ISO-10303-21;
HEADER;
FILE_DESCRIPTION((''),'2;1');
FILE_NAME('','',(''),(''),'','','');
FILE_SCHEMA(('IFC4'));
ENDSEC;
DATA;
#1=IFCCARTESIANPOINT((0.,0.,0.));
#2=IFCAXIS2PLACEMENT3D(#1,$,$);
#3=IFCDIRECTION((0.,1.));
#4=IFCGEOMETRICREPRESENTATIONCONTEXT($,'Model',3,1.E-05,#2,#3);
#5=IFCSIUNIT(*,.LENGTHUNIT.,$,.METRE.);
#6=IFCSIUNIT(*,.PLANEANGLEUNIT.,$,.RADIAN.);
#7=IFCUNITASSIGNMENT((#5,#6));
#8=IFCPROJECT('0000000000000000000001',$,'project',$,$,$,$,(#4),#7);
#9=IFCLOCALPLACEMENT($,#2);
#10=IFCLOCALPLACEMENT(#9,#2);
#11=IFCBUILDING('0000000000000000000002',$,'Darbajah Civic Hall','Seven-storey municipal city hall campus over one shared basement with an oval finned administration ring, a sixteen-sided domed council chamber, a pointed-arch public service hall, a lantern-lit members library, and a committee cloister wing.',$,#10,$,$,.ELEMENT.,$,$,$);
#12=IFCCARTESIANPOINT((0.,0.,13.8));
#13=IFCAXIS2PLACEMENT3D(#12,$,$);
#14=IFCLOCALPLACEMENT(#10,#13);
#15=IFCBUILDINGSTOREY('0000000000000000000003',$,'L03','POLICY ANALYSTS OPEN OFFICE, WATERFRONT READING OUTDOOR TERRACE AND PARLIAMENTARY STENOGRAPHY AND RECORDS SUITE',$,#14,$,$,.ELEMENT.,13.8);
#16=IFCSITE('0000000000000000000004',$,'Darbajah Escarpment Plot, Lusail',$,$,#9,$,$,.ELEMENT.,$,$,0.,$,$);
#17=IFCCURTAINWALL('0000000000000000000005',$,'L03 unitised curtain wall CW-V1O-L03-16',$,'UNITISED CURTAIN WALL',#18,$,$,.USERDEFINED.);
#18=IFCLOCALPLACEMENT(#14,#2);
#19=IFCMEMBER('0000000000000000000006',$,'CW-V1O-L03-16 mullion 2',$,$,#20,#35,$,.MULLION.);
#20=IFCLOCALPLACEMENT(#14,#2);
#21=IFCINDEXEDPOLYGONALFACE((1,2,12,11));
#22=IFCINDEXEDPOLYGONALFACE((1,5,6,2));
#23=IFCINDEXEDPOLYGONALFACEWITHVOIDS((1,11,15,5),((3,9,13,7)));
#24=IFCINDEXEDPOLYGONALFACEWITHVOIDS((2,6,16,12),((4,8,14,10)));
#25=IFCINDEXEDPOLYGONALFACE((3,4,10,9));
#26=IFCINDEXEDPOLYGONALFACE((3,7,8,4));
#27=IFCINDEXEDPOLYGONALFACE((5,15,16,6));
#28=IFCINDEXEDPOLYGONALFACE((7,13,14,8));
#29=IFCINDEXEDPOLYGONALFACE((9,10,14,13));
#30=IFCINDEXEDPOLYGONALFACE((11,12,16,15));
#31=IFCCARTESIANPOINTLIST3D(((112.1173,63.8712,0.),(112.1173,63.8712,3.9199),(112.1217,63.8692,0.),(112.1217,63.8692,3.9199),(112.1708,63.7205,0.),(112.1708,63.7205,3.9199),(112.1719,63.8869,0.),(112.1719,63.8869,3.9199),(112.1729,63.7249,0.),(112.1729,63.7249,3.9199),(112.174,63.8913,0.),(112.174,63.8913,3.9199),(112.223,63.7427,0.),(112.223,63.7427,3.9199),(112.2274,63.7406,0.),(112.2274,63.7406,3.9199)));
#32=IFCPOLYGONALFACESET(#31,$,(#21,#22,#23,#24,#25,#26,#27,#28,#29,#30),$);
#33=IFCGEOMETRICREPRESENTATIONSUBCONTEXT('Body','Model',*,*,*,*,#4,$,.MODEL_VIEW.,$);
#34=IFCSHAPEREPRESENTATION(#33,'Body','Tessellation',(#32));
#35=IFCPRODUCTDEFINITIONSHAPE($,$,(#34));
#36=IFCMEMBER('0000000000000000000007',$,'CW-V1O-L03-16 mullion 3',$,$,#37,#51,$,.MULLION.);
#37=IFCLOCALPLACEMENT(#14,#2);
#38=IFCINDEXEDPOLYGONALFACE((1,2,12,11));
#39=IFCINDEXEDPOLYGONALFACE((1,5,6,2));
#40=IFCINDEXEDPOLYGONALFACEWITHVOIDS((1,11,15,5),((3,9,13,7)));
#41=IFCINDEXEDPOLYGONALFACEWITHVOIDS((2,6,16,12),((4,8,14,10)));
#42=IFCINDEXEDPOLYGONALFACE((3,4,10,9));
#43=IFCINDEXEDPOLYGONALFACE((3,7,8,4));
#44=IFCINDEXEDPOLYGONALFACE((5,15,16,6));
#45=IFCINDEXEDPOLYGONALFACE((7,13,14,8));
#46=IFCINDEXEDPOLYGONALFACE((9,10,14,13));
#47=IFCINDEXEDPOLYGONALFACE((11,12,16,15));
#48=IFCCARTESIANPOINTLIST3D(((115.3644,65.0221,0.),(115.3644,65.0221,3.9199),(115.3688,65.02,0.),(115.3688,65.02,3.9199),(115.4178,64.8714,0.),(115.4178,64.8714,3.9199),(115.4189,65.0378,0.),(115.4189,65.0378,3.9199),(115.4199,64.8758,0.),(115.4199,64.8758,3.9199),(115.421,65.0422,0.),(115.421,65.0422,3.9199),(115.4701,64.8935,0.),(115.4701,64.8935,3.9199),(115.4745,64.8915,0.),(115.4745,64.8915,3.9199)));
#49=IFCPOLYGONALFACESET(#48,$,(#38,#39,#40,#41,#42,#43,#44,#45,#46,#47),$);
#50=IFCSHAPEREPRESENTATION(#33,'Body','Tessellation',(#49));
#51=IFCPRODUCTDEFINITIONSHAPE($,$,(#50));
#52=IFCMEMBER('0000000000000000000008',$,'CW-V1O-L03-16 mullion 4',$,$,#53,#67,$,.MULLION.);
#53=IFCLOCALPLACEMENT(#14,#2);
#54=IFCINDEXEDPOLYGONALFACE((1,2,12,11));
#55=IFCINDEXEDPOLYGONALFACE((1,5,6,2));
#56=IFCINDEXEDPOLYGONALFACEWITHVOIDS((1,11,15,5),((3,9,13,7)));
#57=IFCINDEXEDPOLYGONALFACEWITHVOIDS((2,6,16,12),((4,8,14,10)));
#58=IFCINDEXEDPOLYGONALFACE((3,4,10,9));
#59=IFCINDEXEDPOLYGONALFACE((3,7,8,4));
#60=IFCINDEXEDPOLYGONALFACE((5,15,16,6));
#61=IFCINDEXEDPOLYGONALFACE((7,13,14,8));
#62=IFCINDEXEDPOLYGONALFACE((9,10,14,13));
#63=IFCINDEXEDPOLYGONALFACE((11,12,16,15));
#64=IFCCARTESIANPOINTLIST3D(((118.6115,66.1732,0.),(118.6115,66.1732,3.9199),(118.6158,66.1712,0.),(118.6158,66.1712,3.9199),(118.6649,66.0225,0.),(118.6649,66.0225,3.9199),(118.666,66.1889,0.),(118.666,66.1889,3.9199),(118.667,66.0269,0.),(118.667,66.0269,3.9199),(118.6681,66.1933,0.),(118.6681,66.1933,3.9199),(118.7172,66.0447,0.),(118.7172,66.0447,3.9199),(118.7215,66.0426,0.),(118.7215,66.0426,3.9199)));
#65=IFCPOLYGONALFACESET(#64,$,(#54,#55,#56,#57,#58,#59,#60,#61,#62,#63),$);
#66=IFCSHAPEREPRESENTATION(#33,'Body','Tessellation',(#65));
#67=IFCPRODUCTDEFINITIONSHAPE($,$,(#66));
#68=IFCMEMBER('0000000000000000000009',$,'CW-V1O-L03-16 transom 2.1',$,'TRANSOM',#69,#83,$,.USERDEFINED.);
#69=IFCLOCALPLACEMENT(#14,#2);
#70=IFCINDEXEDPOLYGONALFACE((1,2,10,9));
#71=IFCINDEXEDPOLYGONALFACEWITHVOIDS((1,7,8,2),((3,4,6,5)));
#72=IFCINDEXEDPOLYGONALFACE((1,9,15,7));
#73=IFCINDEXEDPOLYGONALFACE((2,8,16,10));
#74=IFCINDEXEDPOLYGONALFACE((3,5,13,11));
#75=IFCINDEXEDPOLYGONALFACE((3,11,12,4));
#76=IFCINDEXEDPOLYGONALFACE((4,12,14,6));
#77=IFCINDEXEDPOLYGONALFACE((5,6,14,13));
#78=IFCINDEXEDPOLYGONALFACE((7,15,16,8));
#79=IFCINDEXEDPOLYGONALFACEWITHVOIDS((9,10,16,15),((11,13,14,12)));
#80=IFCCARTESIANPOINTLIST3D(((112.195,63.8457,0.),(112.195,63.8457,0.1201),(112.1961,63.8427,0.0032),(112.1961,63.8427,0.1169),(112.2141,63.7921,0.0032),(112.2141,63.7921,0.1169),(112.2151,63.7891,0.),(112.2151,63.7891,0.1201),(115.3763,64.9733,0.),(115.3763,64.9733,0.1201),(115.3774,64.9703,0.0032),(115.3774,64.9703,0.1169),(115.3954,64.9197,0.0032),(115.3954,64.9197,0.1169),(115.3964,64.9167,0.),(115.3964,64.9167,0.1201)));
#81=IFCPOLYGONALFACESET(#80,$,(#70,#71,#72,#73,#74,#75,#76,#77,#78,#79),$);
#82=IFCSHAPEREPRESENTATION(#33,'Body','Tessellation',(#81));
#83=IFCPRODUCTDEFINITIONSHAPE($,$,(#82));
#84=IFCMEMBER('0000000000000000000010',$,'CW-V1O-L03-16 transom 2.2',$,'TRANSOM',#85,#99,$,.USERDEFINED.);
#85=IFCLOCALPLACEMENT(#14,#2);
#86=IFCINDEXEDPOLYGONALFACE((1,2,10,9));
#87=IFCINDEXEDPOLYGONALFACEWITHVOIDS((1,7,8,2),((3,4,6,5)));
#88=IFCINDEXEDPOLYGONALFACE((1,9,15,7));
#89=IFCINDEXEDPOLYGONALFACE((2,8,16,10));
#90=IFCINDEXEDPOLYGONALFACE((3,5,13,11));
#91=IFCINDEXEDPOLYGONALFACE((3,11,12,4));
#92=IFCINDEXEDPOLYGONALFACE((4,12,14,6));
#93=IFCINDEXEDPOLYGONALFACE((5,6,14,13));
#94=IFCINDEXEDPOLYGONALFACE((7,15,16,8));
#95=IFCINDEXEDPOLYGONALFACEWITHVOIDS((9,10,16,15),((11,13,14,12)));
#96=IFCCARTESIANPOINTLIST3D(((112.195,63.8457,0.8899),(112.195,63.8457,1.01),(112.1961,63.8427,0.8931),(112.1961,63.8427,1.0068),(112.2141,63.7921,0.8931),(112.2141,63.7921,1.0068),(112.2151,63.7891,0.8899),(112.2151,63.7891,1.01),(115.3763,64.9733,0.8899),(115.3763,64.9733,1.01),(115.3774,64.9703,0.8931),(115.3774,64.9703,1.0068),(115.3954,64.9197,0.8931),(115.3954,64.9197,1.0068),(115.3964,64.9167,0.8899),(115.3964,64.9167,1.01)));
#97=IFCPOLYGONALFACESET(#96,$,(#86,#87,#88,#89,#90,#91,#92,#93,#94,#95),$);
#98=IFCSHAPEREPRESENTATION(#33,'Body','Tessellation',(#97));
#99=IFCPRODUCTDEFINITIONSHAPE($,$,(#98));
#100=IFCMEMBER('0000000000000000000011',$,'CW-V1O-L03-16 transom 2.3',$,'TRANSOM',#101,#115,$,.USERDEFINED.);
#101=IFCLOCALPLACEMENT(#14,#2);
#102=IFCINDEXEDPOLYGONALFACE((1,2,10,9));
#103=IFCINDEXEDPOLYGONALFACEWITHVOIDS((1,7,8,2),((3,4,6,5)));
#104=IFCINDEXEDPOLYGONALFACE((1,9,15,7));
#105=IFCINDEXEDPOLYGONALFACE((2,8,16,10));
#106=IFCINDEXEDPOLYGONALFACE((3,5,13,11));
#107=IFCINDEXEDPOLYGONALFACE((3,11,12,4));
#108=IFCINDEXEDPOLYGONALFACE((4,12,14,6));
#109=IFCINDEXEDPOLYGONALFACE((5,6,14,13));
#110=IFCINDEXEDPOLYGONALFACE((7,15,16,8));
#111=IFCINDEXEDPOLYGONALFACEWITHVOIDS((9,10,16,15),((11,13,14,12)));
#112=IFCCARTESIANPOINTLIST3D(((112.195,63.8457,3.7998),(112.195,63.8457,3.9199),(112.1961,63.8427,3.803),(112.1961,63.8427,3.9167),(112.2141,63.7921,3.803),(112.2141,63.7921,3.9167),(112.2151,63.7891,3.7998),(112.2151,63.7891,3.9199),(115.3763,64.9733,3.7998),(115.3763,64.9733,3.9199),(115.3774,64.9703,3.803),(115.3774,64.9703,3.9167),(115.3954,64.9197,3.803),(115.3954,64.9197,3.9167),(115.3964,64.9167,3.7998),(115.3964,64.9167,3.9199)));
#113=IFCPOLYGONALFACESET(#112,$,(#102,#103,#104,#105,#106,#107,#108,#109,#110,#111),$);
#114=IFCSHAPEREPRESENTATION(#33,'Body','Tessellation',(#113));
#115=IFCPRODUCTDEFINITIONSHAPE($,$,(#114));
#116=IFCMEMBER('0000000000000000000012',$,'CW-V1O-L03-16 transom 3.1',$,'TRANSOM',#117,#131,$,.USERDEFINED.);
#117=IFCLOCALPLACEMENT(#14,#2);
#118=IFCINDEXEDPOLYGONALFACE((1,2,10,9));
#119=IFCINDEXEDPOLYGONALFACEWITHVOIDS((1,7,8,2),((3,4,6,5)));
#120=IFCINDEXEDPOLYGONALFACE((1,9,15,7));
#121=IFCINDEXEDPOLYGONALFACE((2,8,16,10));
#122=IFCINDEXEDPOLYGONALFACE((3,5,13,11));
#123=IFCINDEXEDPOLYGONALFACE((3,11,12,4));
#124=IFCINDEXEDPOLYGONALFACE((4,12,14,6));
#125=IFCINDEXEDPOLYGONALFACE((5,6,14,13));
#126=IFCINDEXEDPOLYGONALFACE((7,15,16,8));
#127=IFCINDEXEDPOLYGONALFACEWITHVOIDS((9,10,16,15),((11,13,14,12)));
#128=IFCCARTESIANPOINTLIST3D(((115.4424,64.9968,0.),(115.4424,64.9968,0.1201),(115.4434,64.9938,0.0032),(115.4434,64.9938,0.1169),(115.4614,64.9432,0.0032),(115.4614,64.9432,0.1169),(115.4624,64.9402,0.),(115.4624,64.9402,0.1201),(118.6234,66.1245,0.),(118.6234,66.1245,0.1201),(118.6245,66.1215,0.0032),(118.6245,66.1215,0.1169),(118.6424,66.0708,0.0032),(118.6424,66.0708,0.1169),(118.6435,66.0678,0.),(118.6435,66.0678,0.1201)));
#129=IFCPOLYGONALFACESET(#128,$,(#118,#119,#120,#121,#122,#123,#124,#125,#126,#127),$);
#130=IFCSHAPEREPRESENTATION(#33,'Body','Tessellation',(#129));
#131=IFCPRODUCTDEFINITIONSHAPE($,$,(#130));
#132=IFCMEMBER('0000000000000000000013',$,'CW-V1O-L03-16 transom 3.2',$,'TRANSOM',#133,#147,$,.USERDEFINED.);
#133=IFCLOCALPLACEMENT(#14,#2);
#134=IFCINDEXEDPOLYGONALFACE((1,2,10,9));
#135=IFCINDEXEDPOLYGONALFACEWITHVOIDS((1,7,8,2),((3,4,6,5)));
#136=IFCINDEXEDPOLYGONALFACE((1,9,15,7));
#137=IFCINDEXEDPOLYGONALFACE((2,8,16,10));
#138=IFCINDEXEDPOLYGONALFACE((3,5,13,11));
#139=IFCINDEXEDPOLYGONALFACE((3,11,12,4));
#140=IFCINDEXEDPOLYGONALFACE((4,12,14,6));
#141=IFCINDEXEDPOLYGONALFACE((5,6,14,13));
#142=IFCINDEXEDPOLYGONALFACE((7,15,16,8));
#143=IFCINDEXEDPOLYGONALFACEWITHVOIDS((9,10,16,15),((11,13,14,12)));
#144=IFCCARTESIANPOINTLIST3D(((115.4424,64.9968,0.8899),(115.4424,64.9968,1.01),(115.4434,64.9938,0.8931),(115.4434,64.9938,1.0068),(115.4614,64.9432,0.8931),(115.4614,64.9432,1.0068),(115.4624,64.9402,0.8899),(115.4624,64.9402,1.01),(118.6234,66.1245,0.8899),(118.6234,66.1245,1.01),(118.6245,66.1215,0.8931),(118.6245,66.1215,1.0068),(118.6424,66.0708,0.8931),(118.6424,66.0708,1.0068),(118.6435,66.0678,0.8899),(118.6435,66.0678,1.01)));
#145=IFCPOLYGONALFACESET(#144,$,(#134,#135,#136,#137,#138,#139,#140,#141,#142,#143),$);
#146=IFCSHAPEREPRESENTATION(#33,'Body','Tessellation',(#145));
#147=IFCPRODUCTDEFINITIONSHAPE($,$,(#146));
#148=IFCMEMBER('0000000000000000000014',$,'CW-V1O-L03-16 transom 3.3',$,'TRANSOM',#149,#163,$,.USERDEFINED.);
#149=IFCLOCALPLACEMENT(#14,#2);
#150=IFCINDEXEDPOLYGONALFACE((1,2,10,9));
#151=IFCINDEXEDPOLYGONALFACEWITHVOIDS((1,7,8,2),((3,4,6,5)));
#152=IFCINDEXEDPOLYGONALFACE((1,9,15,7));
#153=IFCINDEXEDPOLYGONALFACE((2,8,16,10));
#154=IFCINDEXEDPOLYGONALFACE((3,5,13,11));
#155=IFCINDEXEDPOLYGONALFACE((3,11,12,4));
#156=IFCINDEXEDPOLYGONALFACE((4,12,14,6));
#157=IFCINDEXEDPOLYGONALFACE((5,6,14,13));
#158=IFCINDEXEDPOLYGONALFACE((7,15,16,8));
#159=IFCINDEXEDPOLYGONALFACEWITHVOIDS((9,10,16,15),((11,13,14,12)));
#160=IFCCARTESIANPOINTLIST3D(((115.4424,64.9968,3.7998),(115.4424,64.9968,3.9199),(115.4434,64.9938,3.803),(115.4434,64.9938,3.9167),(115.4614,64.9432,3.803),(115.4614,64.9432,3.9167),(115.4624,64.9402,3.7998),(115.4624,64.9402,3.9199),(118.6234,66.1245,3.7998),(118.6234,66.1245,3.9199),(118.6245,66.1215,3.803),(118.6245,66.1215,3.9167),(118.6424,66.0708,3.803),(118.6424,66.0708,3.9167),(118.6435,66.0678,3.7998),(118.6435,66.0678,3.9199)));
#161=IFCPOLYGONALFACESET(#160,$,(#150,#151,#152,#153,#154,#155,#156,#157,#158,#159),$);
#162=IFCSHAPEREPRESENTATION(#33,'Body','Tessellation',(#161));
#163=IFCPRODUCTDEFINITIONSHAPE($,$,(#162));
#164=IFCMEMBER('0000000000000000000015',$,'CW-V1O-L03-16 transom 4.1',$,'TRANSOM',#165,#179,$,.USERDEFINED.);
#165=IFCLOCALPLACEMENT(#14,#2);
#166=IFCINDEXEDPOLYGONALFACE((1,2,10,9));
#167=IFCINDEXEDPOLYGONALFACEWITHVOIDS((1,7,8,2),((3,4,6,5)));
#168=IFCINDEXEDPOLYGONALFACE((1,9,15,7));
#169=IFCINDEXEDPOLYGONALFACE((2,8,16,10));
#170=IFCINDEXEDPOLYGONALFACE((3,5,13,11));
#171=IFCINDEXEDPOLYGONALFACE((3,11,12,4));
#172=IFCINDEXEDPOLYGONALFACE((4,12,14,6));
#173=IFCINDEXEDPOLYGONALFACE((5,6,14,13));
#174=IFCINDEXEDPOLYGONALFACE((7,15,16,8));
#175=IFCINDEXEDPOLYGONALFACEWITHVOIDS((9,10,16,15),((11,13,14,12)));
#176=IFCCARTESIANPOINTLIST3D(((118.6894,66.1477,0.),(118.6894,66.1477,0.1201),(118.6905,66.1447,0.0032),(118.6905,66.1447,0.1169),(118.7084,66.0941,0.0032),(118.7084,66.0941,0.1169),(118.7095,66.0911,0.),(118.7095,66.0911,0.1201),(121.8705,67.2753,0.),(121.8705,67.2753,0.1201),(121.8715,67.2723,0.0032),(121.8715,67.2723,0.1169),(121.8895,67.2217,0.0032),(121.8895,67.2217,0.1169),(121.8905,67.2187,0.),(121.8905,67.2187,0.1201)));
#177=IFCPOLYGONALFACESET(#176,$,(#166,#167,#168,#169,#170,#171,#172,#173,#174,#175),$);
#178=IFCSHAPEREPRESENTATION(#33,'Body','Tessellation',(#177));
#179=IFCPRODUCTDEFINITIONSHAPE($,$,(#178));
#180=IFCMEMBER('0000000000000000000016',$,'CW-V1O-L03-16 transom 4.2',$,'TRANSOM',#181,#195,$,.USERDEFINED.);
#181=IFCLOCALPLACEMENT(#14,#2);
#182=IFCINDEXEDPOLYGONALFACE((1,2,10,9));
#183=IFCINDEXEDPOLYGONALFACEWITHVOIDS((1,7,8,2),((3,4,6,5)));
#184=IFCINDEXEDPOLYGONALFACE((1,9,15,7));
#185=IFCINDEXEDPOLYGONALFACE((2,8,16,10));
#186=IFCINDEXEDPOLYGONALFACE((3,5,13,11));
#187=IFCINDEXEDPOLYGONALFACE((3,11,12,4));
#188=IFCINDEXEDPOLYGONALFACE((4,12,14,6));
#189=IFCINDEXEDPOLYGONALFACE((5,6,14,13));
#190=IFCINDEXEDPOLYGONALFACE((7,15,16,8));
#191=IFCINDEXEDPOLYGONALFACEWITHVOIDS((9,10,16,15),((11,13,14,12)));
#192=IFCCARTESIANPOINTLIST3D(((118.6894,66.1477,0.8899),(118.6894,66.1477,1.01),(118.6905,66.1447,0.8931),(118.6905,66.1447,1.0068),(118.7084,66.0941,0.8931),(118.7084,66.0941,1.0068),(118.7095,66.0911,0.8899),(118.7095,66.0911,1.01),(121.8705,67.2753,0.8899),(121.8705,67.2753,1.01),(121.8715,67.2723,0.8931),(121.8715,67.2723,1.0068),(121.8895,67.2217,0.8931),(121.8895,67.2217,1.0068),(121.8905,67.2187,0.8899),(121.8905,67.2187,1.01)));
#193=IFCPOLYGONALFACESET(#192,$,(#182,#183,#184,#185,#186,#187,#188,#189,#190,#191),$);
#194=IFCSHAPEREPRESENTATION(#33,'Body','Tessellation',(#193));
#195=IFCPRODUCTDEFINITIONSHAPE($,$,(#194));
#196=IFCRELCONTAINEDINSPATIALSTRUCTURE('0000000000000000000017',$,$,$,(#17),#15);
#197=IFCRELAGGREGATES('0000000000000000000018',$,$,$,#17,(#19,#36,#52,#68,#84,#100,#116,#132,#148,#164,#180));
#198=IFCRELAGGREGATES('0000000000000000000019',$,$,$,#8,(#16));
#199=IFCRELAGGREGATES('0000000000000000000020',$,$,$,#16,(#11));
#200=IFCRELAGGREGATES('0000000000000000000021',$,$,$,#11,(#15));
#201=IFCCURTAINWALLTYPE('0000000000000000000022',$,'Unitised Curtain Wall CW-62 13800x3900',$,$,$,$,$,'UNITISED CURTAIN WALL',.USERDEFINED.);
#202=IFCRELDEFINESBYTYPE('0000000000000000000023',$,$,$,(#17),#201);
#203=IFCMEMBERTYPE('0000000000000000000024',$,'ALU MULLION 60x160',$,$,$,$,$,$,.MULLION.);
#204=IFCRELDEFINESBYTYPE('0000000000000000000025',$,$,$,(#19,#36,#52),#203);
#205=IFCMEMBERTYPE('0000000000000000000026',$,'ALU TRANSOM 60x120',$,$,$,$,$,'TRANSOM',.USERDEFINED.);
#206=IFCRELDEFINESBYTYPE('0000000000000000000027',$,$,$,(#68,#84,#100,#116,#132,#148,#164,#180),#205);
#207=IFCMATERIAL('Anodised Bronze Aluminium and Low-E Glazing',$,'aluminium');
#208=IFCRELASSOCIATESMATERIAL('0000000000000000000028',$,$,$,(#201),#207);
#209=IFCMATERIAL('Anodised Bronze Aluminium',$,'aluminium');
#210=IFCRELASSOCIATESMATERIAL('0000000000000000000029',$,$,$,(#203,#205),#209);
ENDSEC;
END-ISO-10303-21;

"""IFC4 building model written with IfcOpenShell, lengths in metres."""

from ifc_helpers import new_model, si_unit, direction, frame, origin, origin_2d, place, context, subcontext, project, spatial, hollow_rectangle, extrude, material, material_profile, profile_set, type_object, element, aggregate, save


model = new_model("IFC4")

# Units and contexts
model_context = context("Model", 3, precision=1e-05, world=origin(), true_north=direction((0.0, 1.0)))
body_context = subcontext(model_context, "Body", "Model", "MODEL_VIEW")
ifc_project = project(units=[si_unit("LENGTHUNIT", "METRE"), si_unit("PLANEANGLEUNIT", "RADIAN")], contexts=[model_context])

# Site, building, storey
site_placement = place(None, origin())
site = spatial("IfcSite", under=ifc_project, at=site_placement, Name="Darbajah Escarpment Plot, Lusail", CompositionType="ELEMENT", RefElevation=0.0)
building_placement = place(site_placement, origin())
building = spatial("IfcBuilding", under=site, at=building_placement, Name="Darbajah Civic Hall", Description="Seven-storey municipal city hall campus over one shared basement with an oval finned administration ring, a sixteen-sided domed council chamber, a pointed-arch public service hall, a lantern-lit members library, and a committee cloister wing.", CompositionType="ELEMENT")
storey_placement = place(building_placement, frame((0.0, 0.0, 13.8)))
storey = spatial("IfcBuildingStorey", under=building, at=storey_placement, Name="L03", Description="POLICY ANALYSTS OPEN OFFICE, WATERFRONT READING OUTDOOR TERRACE AND PARLIAMENTARY STENOGRAPHY AND RECORDS SUITE", CompositionType="ELEMENT", Elevation=13.8)

# Curtain wall, members
ifc_material_1 = material(Name="Anodised Bronze Aluminium and Low-E Glazing", Category="aluminium")
curtain_wall_type = type_object("IfcCurtainWallType", Name="Unitised Curtain Wall CW-62 13800x3900", ElementType="UNITISED CURTAIN WALL", PredefinedType="USERDEFINED", material=ifc_material_1)
curtain_wall_placement = place(storey_placement, origin())
curtain_wall = element("IfcCurtainWall", 1, at=curtain_wall_placement, inside=storey, type_object=curtain_wall_type, Name="L03 unitised curtain wall CW-V1O-L03-16", ObjectType="UNITISED CURTAIN WALL", PredefinedType="USERDEFINED")
ifc_material_2 = material(Name="Anodised Bronze Aluminium", Category="aluminium")
ifc_material_profile_1 = material_profile(ifc_material_2, hollow_rectangle(XDim=0.0601, YDim=0.1599, WallThickness=0.0034, at=origin_2d()), Name="ALU MULLION 60x160")
ifc_profile_set_1 = profile_set([ifc_material_profile_1], Name="Anodised Bronze Aluminium")
member_type_1 = type_object("IfcMemberType", Name="ALU MULLION 60x160", PredefinedType="MULLION", material=ifc_profile_set_1)
member_1_placement = place(storey_placement, frame((112.1724, 63.8059, 0.0), z_axis=(0.0, 0.0, 1.0), x_axis=(0.942525, 0.334136, 0.0)))
member_1 = element("IfcMember", 2, at=member_1_placement, type_object=member_type_1, Name="CW-V1O-L03-16 mullion 2", PredefinedType="MULLION", context=body_context, shape_type="SweptSolid", body=[
    extrude(hollow_rectangle(XDim=0.0601, YDim=0.1599, WallThickness=0.0034, at=origin_2d()), origin(), (0.0, 0.0, 1.0), 3.9199),
])
member_2_placement = place(storey_placement, frame((115.4194, 64.9568, 0.0), z_axis=(0.0, 0.0, 1.0), x_axis=(0.942525, 0.334136, 0.0)))
member_2 = element("IfcMember", 3, at=member_2_placement, type_object=member_type_1, Name="CW-V1O-L03-16 mullion 3", PredefinedType="MULLION", context=body_context, shape_type="SweptSolid", body=[
    extrude(hollow_rectangle(XDim=0.0601, YDim=0.1599, WallThickness=0.0034, at=origin_2d()), origin(), (0.0, 0.0, 1.0), 3.9199),
])
member_3_placement = place(storey_placement, frame((118.6665, 66.1079, 0.0), z_axis=(0.0, 0.0, 1.0), x_axis=(0.942525, 0.334136, 0.0)))
member_3 = element("IfcMember", 4, at=member_3_placement, type_object=member_type_1, Name="CW-V1O-L03-16 mullion 4", PredefinedType="MULLION", context=body_context, shape_type="SweptSolid", body=[
    extrude(hollow_rectangle(XDim=0.0601, YDim=0.1599, WallThickness=0.0034, at=origin_2d()), origin(), (0.0, 0.0, 1.0), 3.9199),
])
ifc_material_profile_2 = material_profile(ifc_material_2, hollow_rectangle(XDim=0.0601, YDim=0.1201, WallThickness=0.0032, at=origin_2d()), Name="ALU TRANSOM 60x120")
ifc_profile_set_2 = profile_set([ifc_material_profile_2], Name="Anodised Bronze Aluminium")
member_type_2 = type_object("IfcMemberType", Name="ALU TRANSOM 60x120", ElementType="TRANSOM", PredefinedType="USERDEFINED", material=ifc_profile_set_2)
member_4_placement = place(storey_placement, frame((112.2051, 63.8174, 0.0601), z_axis=(0.942539, 0.334095, 0.0), x_axis=(-0.334095, 0.942539, 0.0)))
member_4 = element("IfcMember", 5, at=member_4_placement, type_object=member_type_2, Name="CW-V1O-L03-16 transom 2.1", ObjectType="TRANSOM", PredefinedType="USERDEFINED", context=body_context, shape_type="SweptSolid", body=[
    extrude(hollow_rectangle(XDim=0.0601, YDim=0.1201, WallThickness=0.0032, at=origin_2d()), origin(), (0.0, 0.0, 1.0), 3.3752),
])
member_5_placement = place(storey_placement, frame((112.2051, 63.8174, 0.95), z_axis=(0.942539, 0.334095, 0.0), x_axis=(-0.334095, 0.942539, 0.0)))
member_5 = element("IfcMember", 6, at=member_5_placement, type_object=member_type_2, Name="CW-V1O-L03-16 transom 2.2", ObjectType="TRANSOM", PredefinedType="USERDEFINED", context=body_context, shape_type="SweptSolid", body=[
    extrude(hollow_rectangle(XDim=0.0601, YDim=0.1201, WallThickness=0.0032, at=origin_2d()), origin(), (0.0, 0.0, 1.0), 3.3752),
])
member_6_placement = place(storey_placement, frame((112.2051, 63.8174, 3.8599), z_axis=(0.942539, 0.334095, 0.0), x_axis=(-0.334095, 0.942539, 0.0)))
member_6 = element("IfcMember", 7, at=member_6_placement, type_object=member_type_2, Name="CW-V1O-L03-16 transom 2.3", ObjectType="TRANSOM", PredefinedType="USERDEFINED", context=body_context, shape_type="SweptSolid", body=[
    extrude(hollow_rectangle(XDim=0.0601, YDim=0.1201, WallThickness=0.0032, at=origin_2d()), origin(), (0.0, 0.0, 1.0), 3.3752),
])
member_7_placement = place(storey_placement, frame((115.4524, 64.9685, 0.0601), z_axis=(0.942531, 0.334118, 0.0), x_axis=(-0.334118, 0.942531, 0.0)))
member_7 = element("IfcMember", 8, at=member_7_placement, type_object=member_type_2, Name="CW-V1O-L03-16 transom 3.1", ObjectType="TRANSOM", PredefinedType="USERDEFINED", context=body_context, shape_type="SweptSolid", body=[
    extrude(hollow_rectangle(XDim=0.0601, YDim=0.1201, WallThickness=0.0032, at=origin_2d()), origin(), (0.0, 0.0, 1.0), 3.375),
])
member_8_placement = place(storey_placement, frame((115.4524, 64.9685, 0.95), z_axis=(0.942531, 0.334118, 0.0), x_axis=(-0.334118, 0.942531, 0.0)))
member_8 = element("IfcMember", 9, at=member_8_placement, type_object=member_type_2, Name="CW-V1O-L03-16 transom 3.2", ObjectType="TRANSOM", PredefinedType="USERDEFINED", context=body_context, shape_type="SweptSolid", body=[
    extrude(hollow_rectangle(XDim=0.0601, YDim=0.1201, WallThickness=0.0032, at=origin_2d()), origin(), (0.0, 0.0, 1.0), 3.375),
])
member_9_placement = place(storey_placement, frame((115.4524, 64.9685, 3.8599), z_axis=(0.942531, 0.334118, 0.0), x_axis=(-0.334118, 0.942531, 0.0)))
member_9 = element("IfcMember", 10, at=member_9_placement, type_object=member_type_2, Name="CW-V1O-L03-16 transom 3.3", ObjectType="TRANSOM", PredefinedType="USERDEFINED", context=body_context, shape_type="SweptSolid", body=[
    extrude(hollow_rectangle(XDim=0.0601, YDim=0.1201, WallThickness=0.0032, at=origin_2d()), origin(), (0.0, 0.0, 1.0), 3.375),
])
member_10_placement = place(storey_placement, frame((118.6995, 66.1194, 0.0601), z_axis=(0.942531, 0.334118, 0.0), x_axis=(-0.334118, 0.942531, 0.0)))
member_10 = element("IfcMember", 11, at=member_10_placement, type_object=member_type_2, Name="CW-V1O-L03-16 transom 4.1", ObjectType="TRANSOM", PredefinedType="USERDEFINED", context=body_context, shape_type="SweptSolid", body=[
    extrude(hollow_rectangle(XDim=0.0601, YDim=0.1201, WallThickness=0.0032, at=origin_2d()), origin(), (0.0, 0.0, 1.0), 3.375),
])
member_11_placement = place(storey_placement, frame((118.6995, 66.1194, 0.95), z_axis=(0.942531, 0.334118, 0.0), x_axis=(-0.334118, 0.942531, 0.0)))
member_11 = element("IfcMember", 12, at=member_11_placement, type_object=member_type_2, Name="CW-V1O-L03-16 transom 4.2", ObjectType="TRANSOM", PredefinedType="USERDEFINED", context=body_context, shape_type="SweptSolid", body=[
    extrude(hollow_rectangle(XDim=0.0601, YDim=0.1201, WallThickness=0.0032, at=origin_2d()), origin(), (0.0, 0.0, 1.0), 3.375),
])
aggregate(curtain_wall, [member_1, member_2, member_3, member_4, member_5, member_6, member_7, member_8, member_9, member_10, member_11])

save(model, "model.ifc")
